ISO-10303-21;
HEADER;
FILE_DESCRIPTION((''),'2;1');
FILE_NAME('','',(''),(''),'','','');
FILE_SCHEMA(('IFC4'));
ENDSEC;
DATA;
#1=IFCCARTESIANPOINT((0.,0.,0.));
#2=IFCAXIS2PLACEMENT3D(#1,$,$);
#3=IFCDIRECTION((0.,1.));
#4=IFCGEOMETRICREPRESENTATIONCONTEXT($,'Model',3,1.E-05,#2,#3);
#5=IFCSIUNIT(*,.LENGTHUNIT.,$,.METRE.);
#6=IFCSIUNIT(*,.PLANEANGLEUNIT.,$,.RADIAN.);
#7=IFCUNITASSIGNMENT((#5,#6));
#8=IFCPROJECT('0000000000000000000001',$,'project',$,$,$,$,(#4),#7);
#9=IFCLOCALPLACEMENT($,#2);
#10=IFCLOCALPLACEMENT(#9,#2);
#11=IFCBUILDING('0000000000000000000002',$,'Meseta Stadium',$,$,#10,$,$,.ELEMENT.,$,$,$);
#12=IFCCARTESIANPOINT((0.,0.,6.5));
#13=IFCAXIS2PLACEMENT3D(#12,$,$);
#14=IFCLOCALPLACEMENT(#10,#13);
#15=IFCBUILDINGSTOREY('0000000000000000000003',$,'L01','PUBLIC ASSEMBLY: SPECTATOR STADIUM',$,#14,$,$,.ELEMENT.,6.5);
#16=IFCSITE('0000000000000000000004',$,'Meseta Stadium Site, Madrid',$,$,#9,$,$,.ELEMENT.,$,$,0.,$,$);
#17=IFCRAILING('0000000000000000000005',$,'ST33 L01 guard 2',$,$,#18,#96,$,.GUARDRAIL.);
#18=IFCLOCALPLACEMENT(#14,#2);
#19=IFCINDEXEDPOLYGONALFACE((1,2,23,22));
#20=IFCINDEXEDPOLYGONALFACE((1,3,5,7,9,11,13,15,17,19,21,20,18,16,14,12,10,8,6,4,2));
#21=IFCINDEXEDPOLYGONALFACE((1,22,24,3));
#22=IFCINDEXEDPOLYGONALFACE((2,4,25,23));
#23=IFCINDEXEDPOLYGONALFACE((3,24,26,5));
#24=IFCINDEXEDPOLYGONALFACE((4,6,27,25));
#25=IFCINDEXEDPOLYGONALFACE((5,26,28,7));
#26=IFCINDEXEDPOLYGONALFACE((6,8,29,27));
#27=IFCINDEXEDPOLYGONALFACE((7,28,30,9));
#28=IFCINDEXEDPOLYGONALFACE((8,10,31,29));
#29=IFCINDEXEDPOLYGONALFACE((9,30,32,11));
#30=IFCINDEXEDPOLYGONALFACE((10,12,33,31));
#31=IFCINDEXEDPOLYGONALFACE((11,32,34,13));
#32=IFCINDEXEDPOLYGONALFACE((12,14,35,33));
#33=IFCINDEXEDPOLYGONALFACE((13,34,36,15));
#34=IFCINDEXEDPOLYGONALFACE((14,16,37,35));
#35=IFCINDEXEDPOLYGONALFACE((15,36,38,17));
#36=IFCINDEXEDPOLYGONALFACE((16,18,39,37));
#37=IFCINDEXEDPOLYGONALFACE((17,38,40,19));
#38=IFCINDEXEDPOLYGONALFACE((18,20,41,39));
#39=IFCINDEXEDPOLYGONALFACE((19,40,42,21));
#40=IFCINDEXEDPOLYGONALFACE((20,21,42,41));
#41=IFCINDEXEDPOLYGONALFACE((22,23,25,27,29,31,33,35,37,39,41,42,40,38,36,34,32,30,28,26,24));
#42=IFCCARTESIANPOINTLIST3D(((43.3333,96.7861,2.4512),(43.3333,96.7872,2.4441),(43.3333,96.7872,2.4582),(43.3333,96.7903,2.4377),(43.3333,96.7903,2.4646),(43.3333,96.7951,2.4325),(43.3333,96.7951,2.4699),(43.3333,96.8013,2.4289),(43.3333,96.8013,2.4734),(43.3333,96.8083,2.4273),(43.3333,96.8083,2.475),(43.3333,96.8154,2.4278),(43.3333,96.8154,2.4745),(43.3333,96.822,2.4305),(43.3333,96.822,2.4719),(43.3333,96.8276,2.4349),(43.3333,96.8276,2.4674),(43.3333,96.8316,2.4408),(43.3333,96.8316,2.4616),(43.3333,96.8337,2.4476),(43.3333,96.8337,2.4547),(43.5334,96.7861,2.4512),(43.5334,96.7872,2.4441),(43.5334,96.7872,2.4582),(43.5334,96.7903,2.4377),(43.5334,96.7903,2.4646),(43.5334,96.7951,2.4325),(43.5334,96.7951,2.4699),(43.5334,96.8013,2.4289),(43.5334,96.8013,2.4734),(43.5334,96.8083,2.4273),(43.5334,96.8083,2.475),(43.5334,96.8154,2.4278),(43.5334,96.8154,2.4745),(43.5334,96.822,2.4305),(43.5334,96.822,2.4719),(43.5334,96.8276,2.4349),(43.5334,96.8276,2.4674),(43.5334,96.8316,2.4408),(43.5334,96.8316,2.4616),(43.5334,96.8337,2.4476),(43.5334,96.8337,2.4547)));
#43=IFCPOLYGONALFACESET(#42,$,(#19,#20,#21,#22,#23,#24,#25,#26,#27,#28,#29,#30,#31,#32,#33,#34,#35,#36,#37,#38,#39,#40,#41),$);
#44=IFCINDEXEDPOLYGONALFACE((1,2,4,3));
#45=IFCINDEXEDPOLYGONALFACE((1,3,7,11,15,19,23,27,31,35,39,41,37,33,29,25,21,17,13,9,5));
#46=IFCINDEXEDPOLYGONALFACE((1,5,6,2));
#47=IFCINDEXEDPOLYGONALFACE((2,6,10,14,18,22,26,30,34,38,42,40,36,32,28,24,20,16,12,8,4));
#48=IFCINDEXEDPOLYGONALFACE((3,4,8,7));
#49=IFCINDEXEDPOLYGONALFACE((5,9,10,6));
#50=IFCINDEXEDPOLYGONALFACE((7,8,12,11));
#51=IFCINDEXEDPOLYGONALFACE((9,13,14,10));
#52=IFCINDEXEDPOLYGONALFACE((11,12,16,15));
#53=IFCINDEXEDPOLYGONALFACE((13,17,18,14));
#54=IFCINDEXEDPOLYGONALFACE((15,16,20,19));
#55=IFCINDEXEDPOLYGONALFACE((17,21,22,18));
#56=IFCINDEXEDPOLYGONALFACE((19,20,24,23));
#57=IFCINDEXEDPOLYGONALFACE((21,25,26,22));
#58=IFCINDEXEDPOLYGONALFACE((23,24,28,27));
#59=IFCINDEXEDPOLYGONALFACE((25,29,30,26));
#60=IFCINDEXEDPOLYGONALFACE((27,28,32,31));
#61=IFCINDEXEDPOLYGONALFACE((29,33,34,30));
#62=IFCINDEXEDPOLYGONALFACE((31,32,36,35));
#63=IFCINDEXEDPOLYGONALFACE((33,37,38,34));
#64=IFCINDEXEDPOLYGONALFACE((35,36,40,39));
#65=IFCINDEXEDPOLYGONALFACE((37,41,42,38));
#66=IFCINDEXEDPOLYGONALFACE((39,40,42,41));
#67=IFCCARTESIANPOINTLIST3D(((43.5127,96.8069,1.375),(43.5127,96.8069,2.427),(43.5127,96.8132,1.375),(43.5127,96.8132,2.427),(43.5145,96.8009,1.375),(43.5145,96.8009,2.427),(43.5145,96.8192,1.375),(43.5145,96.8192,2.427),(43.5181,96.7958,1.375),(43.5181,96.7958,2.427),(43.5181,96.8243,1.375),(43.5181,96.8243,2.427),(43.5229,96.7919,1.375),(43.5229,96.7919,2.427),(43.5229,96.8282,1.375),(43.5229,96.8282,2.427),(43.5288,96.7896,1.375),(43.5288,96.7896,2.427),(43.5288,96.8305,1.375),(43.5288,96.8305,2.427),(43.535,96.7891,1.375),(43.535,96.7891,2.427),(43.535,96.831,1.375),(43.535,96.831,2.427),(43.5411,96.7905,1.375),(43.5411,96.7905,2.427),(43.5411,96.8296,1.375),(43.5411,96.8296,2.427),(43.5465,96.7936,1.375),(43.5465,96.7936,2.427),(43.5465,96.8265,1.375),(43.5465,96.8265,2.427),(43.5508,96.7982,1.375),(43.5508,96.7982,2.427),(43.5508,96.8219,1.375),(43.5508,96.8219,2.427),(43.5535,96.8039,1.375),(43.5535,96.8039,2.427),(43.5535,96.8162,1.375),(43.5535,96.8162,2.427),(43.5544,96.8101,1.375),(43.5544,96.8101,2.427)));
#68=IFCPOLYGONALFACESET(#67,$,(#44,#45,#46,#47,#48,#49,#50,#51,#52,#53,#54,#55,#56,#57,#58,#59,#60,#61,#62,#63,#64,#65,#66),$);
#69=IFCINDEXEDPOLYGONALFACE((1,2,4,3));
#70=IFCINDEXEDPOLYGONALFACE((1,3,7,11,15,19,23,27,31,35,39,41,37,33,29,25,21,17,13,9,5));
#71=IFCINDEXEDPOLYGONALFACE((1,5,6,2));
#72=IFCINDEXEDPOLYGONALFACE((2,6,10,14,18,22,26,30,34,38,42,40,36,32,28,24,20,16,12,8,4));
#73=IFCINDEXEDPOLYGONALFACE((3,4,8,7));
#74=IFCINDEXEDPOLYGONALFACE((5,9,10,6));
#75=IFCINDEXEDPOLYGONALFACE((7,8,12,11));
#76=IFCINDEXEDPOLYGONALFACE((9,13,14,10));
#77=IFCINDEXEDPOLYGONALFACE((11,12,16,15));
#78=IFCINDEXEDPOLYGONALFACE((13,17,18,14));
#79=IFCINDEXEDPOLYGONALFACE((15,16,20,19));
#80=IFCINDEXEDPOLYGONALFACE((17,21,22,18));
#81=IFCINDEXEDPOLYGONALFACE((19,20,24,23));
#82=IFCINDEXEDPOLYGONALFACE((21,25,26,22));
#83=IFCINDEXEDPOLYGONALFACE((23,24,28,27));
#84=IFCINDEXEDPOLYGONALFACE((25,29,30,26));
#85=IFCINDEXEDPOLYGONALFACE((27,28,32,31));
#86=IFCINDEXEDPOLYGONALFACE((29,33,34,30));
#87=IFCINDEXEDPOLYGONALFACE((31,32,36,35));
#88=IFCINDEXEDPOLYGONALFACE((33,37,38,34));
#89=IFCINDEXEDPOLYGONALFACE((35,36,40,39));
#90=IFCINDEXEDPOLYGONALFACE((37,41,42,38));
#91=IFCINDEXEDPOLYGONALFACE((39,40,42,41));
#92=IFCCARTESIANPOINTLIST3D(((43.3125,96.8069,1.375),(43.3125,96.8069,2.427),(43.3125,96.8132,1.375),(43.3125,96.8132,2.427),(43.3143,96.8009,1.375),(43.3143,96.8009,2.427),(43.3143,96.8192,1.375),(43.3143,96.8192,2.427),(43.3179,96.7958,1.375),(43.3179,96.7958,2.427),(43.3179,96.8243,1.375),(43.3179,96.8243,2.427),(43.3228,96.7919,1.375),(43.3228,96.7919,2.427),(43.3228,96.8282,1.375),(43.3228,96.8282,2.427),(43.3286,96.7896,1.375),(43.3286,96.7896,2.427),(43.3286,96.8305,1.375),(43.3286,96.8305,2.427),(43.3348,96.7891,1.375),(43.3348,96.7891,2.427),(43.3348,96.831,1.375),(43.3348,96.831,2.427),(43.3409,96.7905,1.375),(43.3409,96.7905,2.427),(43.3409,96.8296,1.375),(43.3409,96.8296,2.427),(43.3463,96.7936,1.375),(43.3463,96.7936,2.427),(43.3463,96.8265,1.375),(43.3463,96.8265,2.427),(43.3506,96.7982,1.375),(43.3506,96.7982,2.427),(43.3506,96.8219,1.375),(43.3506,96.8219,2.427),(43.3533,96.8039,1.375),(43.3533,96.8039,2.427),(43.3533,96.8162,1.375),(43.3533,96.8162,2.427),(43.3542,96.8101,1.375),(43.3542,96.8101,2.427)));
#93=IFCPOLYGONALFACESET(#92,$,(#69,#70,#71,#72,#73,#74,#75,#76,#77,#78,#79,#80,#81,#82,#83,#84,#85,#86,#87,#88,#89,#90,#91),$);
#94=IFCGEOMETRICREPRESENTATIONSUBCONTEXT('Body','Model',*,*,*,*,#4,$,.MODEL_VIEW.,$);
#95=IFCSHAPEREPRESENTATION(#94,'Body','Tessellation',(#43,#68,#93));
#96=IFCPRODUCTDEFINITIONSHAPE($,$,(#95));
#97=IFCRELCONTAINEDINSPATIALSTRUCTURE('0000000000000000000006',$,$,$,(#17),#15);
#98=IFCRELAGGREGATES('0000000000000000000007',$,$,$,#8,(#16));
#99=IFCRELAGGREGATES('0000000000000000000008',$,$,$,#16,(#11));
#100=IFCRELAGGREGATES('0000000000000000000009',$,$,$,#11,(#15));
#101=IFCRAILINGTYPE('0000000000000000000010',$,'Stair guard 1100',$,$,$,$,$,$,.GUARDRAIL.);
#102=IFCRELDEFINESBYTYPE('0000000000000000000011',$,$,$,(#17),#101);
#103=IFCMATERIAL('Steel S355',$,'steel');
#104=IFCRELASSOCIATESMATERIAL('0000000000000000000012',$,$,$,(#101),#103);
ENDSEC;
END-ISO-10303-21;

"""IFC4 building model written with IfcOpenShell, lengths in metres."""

from ifc_helpers import new_model, si_unit, direction, frame, origin, origin_2d, place, context, subcontext, project, spatial, circle, extrude, material, type_object, element, save


model = new_model("IFC4")

# Units and contexts
model_context = context("Model", 3, precision=1e-05, world=origin(), true_north=direction((0.0, 1.0)))
body_context = subcontext(model_context, "Body", "Model", "MODEL_VIEW")
ifc_project = project(units=[si_unit("LENGTHUNIT", "METRE"), si_unit("PLANEANGLEUNIT", "RADIAN")], contexts=[model_context])

# Site, building, storey
site_placement = place(None, origin())
site = spatial("IfcSite", under=ifc_project, at=site_placement, Name="Meseta Stadium Site, Madrid", CompositionType="ELEMENT", RefElevation=0.0)
building_placement = place(site_placement, origin())
building = spatial("IfcBuilding", under=site, at=building_placement, Name="Meseta Stadium", CompositionType="ELEMENT")
storey_placement = place(building_placement, frame((0.0, 0.0, 6.5)))
storey = spatial("IfcBuildingStorey", under=building, at=storey_placement, Name="L01", Description="PUBLIC ASSEMBLY: SPECTATOR STADIUM", CompositionType="ELEMENT", Elevation=6.5)

# Railing
ifc_material_1 = material(Name="Steel S355", Category="steel")
railing_type_1 = type_object("IfcRailingType", Name="Stair guard 1100", PredefinedType="GUARDRAIL", material=ifc_material_1)
railing_1_placement = place(storey_placement, frame((43.5334, 96.8101, 1.375)))
element("IfcRailing", 1, at=railing_1_placement, inside=storey, type_object=railing_type_1, Name="ST33 L01 guard 2", PredefinedType="GUARDRAIL", context=body_context, shape_type="SweptSolid", body=[
    extrude(circle(Radius=0.0239, at=origin_2d()), frame((0.0, 0.0, 1.0762), z_axis=(-1.0, 0.0, 0.0), x_axis=(0.0, -1.0, 0.0)), (0.0, 0.0, 1.0), 0.2002),
    extrude(circle(Radius=0.021, at=origin_2d()), origin(), (0.0, 0.0, 1.0), 1.052),
    extrude(circle(Radius=0.021, at=origin_2d()), frame((-0.2002, 0.0, 0.0)), (0.0, 0.0, 1.0), 1.052),
])

save(model, "model.ifc")
